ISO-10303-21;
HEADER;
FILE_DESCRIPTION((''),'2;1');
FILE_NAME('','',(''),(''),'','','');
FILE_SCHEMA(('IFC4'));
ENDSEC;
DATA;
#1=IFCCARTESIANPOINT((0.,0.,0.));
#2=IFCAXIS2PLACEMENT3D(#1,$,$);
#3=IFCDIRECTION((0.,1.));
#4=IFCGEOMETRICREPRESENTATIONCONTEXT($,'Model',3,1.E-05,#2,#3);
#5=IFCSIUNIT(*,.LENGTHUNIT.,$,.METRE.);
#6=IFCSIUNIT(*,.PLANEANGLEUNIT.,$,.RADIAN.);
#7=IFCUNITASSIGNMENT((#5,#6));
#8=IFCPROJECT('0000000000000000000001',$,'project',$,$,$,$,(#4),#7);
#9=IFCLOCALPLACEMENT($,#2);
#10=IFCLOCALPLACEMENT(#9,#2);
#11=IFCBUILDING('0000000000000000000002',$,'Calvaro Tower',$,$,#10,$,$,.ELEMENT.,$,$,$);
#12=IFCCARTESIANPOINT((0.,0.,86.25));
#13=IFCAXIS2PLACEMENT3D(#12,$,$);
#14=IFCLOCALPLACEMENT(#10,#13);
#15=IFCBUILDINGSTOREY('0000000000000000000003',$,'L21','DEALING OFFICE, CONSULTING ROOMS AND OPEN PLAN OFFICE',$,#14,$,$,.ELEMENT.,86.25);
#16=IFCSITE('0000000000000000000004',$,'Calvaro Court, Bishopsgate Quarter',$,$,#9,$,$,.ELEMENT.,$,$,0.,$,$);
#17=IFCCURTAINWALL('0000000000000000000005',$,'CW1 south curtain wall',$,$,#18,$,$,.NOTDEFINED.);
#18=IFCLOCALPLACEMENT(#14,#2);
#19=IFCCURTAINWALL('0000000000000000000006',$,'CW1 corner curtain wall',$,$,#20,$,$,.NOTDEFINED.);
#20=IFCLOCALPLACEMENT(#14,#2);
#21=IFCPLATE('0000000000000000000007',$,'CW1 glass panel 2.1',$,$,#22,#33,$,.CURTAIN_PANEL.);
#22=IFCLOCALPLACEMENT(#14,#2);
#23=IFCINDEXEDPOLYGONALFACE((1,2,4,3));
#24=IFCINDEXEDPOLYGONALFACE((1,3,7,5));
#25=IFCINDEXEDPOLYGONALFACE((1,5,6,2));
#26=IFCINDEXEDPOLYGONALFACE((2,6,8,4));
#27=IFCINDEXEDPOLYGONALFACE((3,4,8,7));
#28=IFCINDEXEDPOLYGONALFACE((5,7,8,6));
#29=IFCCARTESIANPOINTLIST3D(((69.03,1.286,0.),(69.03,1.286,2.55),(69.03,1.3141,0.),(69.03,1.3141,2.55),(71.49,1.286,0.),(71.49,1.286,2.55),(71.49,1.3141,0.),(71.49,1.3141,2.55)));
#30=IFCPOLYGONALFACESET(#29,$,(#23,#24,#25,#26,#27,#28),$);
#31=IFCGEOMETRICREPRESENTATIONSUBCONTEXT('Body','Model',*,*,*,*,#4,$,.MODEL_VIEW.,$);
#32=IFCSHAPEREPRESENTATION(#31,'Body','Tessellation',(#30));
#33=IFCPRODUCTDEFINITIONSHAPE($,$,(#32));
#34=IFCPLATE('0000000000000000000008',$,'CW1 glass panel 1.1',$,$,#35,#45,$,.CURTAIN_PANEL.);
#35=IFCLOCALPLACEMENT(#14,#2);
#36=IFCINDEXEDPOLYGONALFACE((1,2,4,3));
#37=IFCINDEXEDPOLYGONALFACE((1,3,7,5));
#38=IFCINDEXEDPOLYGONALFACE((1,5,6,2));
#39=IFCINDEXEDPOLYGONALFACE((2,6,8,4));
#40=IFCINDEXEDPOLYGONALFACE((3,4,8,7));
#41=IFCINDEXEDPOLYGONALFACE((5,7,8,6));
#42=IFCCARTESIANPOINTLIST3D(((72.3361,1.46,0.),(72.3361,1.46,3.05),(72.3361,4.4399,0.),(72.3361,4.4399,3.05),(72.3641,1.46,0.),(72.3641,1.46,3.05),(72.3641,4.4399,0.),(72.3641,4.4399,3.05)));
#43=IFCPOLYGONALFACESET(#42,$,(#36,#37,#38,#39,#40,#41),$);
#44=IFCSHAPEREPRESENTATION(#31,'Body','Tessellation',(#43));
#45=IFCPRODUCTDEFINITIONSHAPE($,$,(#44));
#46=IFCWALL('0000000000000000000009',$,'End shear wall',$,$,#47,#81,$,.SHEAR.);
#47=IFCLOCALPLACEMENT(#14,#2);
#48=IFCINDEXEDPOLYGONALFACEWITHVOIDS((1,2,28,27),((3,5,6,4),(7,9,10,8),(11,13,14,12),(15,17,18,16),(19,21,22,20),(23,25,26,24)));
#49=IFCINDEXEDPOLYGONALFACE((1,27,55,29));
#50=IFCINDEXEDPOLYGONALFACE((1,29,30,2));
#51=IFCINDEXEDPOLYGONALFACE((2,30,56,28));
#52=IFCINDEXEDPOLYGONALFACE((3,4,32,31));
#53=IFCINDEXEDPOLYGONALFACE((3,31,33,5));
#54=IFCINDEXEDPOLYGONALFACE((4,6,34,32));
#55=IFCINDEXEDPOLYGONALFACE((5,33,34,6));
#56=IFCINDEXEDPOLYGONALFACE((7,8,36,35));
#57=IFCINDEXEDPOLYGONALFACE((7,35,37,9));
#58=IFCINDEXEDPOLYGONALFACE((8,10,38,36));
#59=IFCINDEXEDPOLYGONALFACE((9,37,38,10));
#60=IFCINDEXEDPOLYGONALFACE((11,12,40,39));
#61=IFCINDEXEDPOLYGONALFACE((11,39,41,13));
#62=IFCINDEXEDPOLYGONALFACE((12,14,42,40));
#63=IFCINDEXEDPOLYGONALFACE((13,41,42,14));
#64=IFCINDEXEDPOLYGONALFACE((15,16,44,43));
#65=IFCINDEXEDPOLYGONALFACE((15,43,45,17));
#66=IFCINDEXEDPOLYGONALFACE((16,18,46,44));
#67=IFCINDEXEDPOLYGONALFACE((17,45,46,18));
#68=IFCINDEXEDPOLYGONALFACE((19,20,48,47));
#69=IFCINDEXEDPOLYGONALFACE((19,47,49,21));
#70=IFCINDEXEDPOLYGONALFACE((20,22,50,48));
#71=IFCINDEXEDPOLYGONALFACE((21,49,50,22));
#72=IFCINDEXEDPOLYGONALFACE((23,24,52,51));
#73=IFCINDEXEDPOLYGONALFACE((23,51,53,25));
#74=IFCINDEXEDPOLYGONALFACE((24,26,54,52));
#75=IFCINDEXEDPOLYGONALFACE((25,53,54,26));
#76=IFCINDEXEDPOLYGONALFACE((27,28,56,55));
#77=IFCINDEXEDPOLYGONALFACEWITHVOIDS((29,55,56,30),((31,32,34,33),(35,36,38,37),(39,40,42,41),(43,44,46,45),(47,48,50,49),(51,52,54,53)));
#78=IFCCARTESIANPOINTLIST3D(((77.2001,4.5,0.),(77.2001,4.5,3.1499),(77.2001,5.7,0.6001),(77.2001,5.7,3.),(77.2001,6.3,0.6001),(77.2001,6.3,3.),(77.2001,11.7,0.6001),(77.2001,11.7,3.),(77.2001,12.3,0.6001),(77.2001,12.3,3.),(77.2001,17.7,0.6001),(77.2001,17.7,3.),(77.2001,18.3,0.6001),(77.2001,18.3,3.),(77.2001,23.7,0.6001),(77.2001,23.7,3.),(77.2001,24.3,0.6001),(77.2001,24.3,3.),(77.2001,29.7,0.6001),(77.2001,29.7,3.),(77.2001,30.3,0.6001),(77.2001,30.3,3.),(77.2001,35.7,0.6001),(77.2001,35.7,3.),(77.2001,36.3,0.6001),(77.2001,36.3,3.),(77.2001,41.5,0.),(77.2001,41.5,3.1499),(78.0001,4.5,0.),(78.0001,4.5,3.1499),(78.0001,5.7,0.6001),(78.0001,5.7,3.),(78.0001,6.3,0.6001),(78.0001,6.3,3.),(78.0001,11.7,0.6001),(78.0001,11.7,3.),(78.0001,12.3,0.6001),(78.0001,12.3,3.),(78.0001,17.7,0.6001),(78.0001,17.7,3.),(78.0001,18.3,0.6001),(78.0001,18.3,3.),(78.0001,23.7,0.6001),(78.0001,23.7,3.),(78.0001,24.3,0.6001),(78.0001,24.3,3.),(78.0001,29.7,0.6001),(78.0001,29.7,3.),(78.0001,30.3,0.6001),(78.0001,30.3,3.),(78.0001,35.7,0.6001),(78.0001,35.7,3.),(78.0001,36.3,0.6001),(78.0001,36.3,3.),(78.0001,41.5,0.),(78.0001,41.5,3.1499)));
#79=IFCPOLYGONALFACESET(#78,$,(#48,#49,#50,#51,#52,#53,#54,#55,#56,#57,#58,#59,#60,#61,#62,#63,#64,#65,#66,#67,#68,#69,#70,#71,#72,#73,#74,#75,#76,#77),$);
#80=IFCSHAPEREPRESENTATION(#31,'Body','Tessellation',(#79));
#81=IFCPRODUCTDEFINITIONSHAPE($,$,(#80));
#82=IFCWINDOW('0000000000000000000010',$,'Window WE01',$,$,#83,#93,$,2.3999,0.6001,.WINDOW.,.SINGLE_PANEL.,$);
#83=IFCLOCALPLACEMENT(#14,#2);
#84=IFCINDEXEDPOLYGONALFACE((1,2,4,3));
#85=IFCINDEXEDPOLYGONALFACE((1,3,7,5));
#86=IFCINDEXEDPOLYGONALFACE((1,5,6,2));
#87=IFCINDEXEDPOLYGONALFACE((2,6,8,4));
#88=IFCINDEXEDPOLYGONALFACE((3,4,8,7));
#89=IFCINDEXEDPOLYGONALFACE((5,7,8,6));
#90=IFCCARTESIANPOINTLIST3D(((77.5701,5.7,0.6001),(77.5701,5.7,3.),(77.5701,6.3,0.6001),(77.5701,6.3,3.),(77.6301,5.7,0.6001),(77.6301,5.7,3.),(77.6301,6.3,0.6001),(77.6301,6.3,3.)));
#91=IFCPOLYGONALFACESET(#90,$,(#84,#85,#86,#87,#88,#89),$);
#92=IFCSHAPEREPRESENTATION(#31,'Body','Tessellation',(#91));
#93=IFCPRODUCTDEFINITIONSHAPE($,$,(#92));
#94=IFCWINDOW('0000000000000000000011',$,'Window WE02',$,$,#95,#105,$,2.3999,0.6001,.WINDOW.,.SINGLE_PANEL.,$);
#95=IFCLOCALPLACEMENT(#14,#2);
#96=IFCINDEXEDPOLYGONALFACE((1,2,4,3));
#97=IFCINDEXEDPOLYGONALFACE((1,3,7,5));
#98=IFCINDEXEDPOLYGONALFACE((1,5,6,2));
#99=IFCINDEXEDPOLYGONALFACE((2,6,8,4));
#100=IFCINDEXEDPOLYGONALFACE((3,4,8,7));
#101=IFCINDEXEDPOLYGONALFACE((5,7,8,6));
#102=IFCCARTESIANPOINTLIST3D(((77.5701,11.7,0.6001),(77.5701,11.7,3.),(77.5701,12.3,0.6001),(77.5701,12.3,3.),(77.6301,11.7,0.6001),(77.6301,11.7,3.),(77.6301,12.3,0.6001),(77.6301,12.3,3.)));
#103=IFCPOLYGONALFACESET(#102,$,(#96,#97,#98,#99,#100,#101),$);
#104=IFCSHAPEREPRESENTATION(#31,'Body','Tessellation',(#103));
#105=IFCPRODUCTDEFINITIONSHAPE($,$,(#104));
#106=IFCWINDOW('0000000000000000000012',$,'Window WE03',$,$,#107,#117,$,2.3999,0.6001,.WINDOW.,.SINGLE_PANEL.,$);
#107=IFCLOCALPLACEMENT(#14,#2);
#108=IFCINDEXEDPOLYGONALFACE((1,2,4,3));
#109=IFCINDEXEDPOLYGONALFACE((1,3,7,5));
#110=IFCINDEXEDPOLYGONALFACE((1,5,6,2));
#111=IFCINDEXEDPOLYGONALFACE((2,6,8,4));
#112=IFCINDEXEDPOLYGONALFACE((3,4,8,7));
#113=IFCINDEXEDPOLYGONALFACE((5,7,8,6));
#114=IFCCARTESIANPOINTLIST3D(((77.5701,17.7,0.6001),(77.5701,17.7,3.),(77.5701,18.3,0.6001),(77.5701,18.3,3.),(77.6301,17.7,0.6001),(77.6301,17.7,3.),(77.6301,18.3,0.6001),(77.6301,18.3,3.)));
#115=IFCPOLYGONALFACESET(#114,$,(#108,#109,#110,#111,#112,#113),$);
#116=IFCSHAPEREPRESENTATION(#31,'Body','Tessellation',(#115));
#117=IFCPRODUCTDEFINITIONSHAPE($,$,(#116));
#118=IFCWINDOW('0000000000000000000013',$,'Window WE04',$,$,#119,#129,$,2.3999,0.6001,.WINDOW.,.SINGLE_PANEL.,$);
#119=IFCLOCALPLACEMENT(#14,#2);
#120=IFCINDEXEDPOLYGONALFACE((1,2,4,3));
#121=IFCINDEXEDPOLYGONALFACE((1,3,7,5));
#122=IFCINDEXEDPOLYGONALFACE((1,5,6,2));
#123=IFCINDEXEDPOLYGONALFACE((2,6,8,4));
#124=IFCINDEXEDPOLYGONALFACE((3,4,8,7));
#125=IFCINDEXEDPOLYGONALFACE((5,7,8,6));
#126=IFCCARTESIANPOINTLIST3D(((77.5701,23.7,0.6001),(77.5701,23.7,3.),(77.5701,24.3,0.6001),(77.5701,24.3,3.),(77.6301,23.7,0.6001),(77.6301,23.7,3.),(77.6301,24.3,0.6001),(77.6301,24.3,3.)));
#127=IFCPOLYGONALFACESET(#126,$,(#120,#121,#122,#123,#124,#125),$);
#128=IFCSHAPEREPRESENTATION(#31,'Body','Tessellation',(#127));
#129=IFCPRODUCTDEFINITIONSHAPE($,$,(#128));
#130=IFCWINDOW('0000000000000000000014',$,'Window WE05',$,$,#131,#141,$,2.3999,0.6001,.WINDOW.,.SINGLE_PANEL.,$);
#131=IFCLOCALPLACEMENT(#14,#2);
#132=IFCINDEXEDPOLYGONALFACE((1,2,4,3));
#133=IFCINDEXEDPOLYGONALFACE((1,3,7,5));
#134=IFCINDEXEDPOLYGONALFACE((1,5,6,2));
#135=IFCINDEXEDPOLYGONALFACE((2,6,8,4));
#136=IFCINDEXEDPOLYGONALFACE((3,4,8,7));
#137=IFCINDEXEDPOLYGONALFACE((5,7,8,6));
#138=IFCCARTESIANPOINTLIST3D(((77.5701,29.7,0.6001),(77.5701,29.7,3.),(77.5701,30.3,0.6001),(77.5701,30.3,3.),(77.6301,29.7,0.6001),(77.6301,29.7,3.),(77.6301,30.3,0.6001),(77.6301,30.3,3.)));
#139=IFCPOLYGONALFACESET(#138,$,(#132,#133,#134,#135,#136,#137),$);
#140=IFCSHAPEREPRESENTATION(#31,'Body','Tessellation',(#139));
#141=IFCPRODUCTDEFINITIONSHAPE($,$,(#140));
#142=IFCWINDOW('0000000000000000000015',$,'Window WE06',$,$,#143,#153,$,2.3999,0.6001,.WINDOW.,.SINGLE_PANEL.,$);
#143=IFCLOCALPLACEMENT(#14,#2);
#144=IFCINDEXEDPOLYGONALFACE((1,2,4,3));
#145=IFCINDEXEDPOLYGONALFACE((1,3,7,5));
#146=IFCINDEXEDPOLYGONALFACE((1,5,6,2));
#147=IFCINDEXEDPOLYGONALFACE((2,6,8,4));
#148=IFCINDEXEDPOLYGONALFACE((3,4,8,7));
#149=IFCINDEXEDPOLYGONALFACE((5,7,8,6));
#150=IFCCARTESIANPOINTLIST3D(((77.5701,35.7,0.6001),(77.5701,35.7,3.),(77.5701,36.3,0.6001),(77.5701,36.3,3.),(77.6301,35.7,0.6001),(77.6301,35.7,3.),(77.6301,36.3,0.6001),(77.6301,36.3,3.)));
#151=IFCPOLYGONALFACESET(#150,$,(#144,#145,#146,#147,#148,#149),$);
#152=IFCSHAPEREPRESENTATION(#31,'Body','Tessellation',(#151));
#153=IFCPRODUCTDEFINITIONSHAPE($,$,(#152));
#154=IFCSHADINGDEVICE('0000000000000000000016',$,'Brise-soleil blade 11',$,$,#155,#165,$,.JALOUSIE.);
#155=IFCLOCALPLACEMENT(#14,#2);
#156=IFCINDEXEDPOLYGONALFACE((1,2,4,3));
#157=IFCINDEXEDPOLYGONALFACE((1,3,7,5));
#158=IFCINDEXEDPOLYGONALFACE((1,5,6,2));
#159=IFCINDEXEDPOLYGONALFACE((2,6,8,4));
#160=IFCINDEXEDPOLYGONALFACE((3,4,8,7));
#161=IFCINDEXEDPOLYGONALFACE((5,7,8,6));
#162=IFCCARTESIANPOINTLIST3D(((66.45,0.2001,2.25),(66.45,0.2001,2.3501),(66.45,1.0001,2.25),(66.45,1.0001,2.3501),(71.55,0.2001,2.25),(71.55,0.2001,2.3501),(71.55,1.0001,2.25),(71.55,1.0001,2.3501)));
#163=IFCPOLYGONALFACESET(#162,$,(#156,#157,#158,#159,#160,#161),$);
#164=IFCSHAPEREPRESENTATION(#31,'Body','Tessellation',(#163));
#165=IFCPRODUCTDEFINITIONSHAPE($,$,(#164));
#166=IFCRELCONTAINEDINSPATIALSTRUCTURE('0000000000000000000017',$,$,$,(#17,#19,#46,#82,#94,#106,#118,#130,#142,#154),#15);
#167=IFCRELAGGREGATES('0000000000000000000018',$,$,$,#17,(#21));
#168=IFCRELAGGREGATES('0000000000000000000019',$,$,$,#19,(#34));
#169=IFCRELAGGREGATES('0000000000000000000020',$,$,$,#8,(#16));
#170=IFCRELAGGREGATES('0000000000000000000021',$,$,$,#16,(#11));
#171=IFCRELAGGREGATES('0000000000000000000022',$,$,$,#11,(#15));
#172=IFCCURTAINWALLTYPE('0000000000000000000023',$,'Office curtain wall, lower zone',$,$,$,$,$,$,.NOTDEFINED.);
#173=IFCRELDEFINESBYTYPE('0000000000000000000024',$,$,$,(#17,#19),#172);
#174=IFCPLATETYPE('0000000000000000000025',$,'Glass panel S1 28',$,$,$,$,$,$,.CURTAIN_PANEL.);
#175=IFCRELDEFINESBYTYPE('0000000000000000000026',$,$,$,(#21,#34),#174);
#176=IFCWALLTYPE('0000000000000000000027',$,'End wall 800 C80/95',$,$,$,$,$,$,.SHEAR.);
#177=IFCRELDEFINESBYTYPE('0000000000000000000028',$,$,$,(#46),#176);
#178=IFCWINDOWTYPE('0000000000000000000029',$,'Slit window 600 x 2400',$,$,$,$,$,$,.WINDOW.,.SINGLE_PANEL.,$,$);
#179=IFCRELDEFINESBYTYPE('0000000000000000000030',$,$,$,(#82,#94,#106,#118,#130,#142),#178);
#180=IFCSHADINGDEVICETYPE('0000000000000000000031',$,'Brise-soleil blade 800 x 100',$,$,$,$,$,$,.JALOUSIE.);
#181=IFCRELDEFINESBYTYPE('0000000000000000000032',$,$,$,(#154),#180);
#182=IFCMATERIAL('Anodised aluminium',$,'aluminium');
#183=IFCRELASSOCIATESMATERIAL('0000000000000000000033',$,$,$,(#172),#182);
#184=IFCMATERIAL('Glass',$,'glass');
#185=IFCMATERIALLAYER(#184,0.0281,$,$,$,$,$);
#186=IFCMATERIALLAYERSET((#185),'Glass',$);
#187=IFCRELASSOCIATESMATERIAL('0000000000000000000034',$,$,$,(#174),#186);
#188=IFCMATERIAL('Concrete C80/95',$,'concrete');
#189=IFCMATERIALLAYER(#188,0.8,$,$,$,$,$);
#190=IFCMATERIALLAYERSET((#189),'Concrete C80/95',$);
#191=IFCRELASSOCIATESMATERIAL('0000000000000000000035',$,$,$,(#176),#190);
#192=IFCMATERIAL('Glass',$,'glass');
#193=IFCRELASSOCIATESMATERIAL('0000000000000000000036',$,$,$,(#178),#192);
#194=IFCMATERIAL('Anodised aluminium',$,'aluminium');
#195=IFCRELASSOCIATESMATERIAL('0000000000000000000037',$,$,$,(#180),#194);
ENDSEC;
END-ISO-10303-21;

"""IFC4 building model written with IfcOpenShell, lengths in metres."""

from ifc_helpers import new_model, si_unit, direction, frame, frame_2d, origin, origin_2d, place, context, subcontext, project, spatial, rectangle, extrude, material, layer, layer_set, material_profile, profile_set, type_object, element, fill, aggregate, save


model = new_model("IFC4")

# Units and contexts
model_context = context("Model", 3, precision=1e-05, world=origin(), true_north=direction((0.0, 1.0)))
body_context = subcontext(model_context, "Body", "Model", "MODEL_VIEW")
ifc_project = project(units=[si_unit("LENGTHUNIT", "METRE"), si_unit("PLANEANGLEUNIT", "RADIAN")], contexts=[model_context])

# Site, building, storey
site_placement = place(None, origin())
site = spatial("IfcSite", under=ifc_project, at=site_placement, Name="Calvaro Court, Bishopsgate Quarter", CompositionType="ELEMENT", RefElevation=0.0)
building_placement = place(site_placement, origin())
building = spatial("IfcBuilding", under=site, at=building_placement, Name="Calvaro Tower", CompositionType="ELEMENT")
storey_placement = place(building_placement, frame((0.0, 0.0, 86.25)))
storey = spatial("IfcBuildingStorey", under=building, at=storey_placement, Name="L21", Description="DEALING OFFICE, CONSULTING ROOMS AND OPEN PLAN OFFICE", CompositionType="ELEMENT", Elevation=86.25)

# Shared definitions
ifc_material_1 = material(Name="Anodised aluminium", Category="aluminium")
curtain_wall_type = type_object("IfcCurtainWallType", Name="Office curtain wall, lower zone", PredefinedType="NOTDEFINED", material=ifc_material_1)

# Curtain walls
curtain_wall_1_placement = place(storey_placement, origin())
curtain_wall_1 = element("IfcCurtainWall", 1, at=curtain_wall_1_placement, inside=storey, type_object=curtain_wall_type, Name="CW1 south curtain wall", PredefinedType="NOTDEFINED")
curtain_wall_2_placement = place(storey_placement, origin())
curtain_wall_2 = element("IfcCurtainWall", 2, at=curtain_wall_2_placement, inside=storey, type_object=curtain_wall_type, Name="CW1 corner curtain wall", PredefinedType="NOTDEFINED")

# Plates
ifc_material_2 = material(Name="Glass", Category="glass")
ifc_layer_1 = layer(ifc_material_2, 0.0281)
ifc_layer_set_1 = layer_set([ifc_layer_1], Name="Glass")
plate_type = type_object("IfcPlateType", Name="Glass panel S1 28", PredefinedType="CURTAIN_PANEL", material=ifc_layer_set_1)
plate_1_placement = place(storey_placement, frame((70.26, 1.3, 0.0), z_axis=(0.0, 0.0, 1.0), x_axis=(1.0, 0.0, 0.0)))
plate_1 = element("IfcPlate", 3, at=plate_1_placement, type_object=plate_type, Name="CW1 glass panel 2.1", PredefinedType="CURTAIN_PANEL", context=body_context, shape_type="SweptSolid", body=[
    extrude(rectangle(XDim=2.46, YDim=0.0281, at=origin_2d()), origin(), (0.0, 0.0, 1.0), 2.55),
])
aggregate(curtain_wall_1, [plate_1])
plate_2_placement = place(storey_placement, frame((72.3501, 2.95, 0.0), z_axis=(0.0, 0.0, 1.0), x_axis=(0.0, 1.0, 0.0)))
plate_2 = element("IfcPlate", 4, at=plate_2_placement, type_object=plate_type, Name="CW1 glass panel 1.1", PredefinedType="CURTAIN_PANEL", context=body_context, shape_type="SweptSolid", body=[
    extrude(rectangle(XDim=2.98, YDim=0.0281, at=origin_2d()), origin(), (0.0, 0.0, 1.0), 3.05),
])
aggregate(curtain_wall_2, [plate_2])

# Wall, openings, windows
ifc_material_3 = material(Name="Concrete C80/95", Category="concrete")
ifc_layer_2 = layer(ifc_material_3, 0.8)
ifc_layer_set_2 = layer_set([ifc_layer_2], Name="Concrete C80/95")
wall_type = type_object("IfcWallType", Name="End wall 800 C80/95", PredefinedType="SHEAR", material=ifc_layer_set_2)
wall_placement = place(storey_placement, frame((77.6001, 4.5, 0.0), z_axis=(0.0, 0.0, 1.0), x_axis=(0.0, 1.0, 0.0)))
wall = element("IfcWall", 5, at=wall_placement, inside=storey, type_object=wall_type, Name="End shear wall", PredefinedType="SHEAR", context=body_context, shape_type="SweptSolid", body=[
    extrude(rectangle(XDim=37.0, YDim=0.8, at=frame_2d((18.5, 0.0))), origin(), (0.0, 0.0, 1.0), 3.1499),
])
opening_1_placement = place(wall_placement, frame((1.2, 0.0, 0.6001)))
opening_1 = element("IfcOpeningElement", 6, at=opening_1_placement, cuts=wall, PredefinedType="OPENING", context=body_context, shape_type="SweptSolid", body=[
    extrude(rectangle(XDim=0.6001, YDim=2.3999, at=frame_2d((0.3, 1.2))), frame((0.0, 0.4099, 0.0), z_axis=(0.0, -1.0, 0.0), x_axis=(1.0, 0.0, 0.0)), (0.0, 0.0, 1.0), 0.8201),
])
opening_2_placement = place(wall_placement, frame((7.2, 0.0, 0.6001)))
opening_2 = element("IfcOpeningElement", 7, at=opening_2_placement, cuts=wall, PredefinedType="OPENING", context=body_context, shape_type="SweptSolid", body=[
    extrude(rectangle(XDim=0.6001, YDim=2.3999, at=frame_2d((0.3, 1.2))), frame((0.0, 0.4099, 0.0), z_axis=(0.0, -1.0, 0.0), x_axis=(1.0, 0.0, 0.0)), (0.0, 0.0, 1.0), 0.8201),
])
opening_3_placement = place(wall_placement, frame((13.2, 0.0, 0.6001)))
opening_3 = element("IfcOpeningElement", 8, at=opening_3_placement, cuts=wall, PredefinedType="OPENING", context=body_context, shape_type="SweptSolid", body=[
    extrude(rectangle(XDim=0.6001, YDim=2.3999, at=frame_2d((0.3, 1.2))), frame((0.0, 0.4099, 0.0), z_axis=(0.0, -1.0, 0.0), x_axis=(1.0, 0.0, 0.0)), (0.0, 0.0, 1.0), 0.8201),
])
opening_4_placement = place(wall_placement, frame((19.2, 0.0, 0.6001)))
opening_4 = element("IfcOpeningElement", 9, at=opening_4_placement, cuts=wall, PredefinedType="OPENING", context=body_context, shape_type="SweptSolid", body=[
    extrude(rectangle(XDim=0.6001, YDim=2.3999, at=frame_2d((0.3, 1.2))), frame((0.0, 0.4099, 0.0), z_axis=(0.0, -1.0, 0.0), x_axis=(1.0, 0.0, 0.0)), (0.0, 0.0, 1.0), 0.8201),
])
opening_5_placement = place(wall_placement, frame((25.2, 0.0, 0.6001)))
opening_5 = element("IfcOpeningElement", 10, at=opening_5_placement, cuts=wall, PredefinedType="OPENING", context=body_context, shape_type="SweptSolid", body=[
    extrude(rectangle(XDim=0.6001, YDim=2.3999, at=frame_2d((0.3, 1.2))), frame((0.0, 0.4099, 0.0), z_axis=(0.0, -1.0, 0.0), x_axis=(1.0, 0.0, 0.0)), (0.0, 0.0, 1.0), 0.8201),
])
opening_6_placement = place(wall_placement, frame((31.2, 0.0, 0.6001)))
opening_6 = element("IfcOpeningElement", 11, at=opening_6_placement, cuts=wall, PredefinedType="OPENING", context=body_context, shape_type="SweptSolid", body=[
    extrude(rectangle(XDim=0.6001, YDim=2.3999, at=frame_2d((0.3, 1.2))), frame((0.0, 0.4099, 0.0), z_axis=(0.0, -1.0, 0.0), x_axis=(1.0, 0.0, 0.0)), (0.0, 0.0, 1.0), 0.8201),
])
ifc_material_4 = material(Name="Glass", Category="glass")
window_type = type_object("IfcWindowType", Name="Slit window 600 x 2400", PartitioningType="SINGLE_PANEL", PredefinedType="WINDOW", material=ifc_material_4)
window_1_placement = place(opening_1_placement, origin())
window_1 = element("IfcWindow", 12, at=window_1_placement, inside=storey, type_object=window_type, Name="Window WE01", OverallHeight=2.3999, OverallWidth=0.6001, PartitioningType="SINGLE_PANEL", PredefinedType="WINDOW", context=body_context, shape_type="SweptSolid", body=[
    extrude(rectangle(XDim=0.6001, YDim=2.3999, at=frame_2d((0.3, 1.2))), frame((0.0, 0.03, 0.0), z_axis=(0.0, -1.0, 0.0), x_axis=(1.0, 0.0, 0.0)), (0.0, 0.0, 1.0), 0.0601),
])
fill(opening_1, window_1)
window_2_placement = place(opening_2_placement, origin())
window_2 = element("IfcWindow", 13, at=window_2_placement, inside=storey, type_object=window_type, Name="Window WE02", OverallHeight=2.3999, OverallWidth=0.6001, PartitioningType="SINGLE_PANEL", PredefinedType="WINDOW", context=body_context, shape_type="SweptSolid", body=[
    extrude(rectangle(XDim=0.6001, YDim=2.3999, at=frame_2d((0.3, 1.2))), frame((0.0, 0.03, 0.0), z_axis=(0.0, -1.0, 0.0), x_axis=(1.0, 0.0, 0.0)), (0.0, 0.0, 1.0), 0.0601),
])
fill(opening_2, window_2)
window_3_placement = place(opening_3_placement, origin())
window_3 = element("IfcWindow", 14, at=window_3_placement, inside=storey, type_object=window_type, Name="Window WE03", OverallHeight=2.3999, OverallWidth=0.6001, PartitioningType="SINGLE_PANEL", PredefinedType="WINDOW", context=body_context, shape_type="SweptSolid", body=[
    extrude(rectangle(XDim=0.6001, YDim=2.3999, at=frame_2d((0.3, 1.2))), frame((0.0, 0.03, 0.0), z_axis=(0.0, -1.0, 0.0), x_axis=(1.0, 0.0, 0.0)), (0.0, 0.0, 1.0), 0.0601),
])
fill(opening_3, window_3)
window_4_placement = place(opening_4_placement, origin())
window_4 = element("IfcWindow", 15, at=window_4_placement, inside=storey, type_object=window_type, Name="Window WE04", OverallHeight=2.3999, OverallWidth=0.6001, PartitioningType="SINGLE_PANEL", PredefinedType="WINDOW", context=body_context, shape_type="SweptSolid", body=[
    extrude(rectangle(XDim=0.6001, YDim=2.3999, at=frame_2d((0.3, 1.2))), frame((0.0, 0.03, 0.0), z_axis=(0.0, -1.0, 0.0), x_axis=(1.0, 0.0, 0.0)), (0.0, 0.0, 1.0), 0.0601),
])
fill(opening_4, window_4)
window_5_placement = place(opening_5_placement, origin())
window_5 = element("IfcWindow", 16, at=window_5_placement, inside=storey, type_object=window_type, Name="Window WE05", OverallHeight=2.3999, OverallWidth=0.6001, PartitioningType="SINGLE_PANEL", PredefinedType="WINDOW", context=body_context, shape_type="SweptSolid", body=[
    extrude(rectangle(XDim=0.6001, YDim=2.3999, at=frame_2d((0.3, 1.2))), frame((0.0, 0.03, 0.0), z_axis=(0.0, -1.0, 0.0), x_axis=(1.0, 0.0, 0.0)), (0.0, 0.0, 1.0), 0.0601),
])
fill(opening_5, window_5)
window_6_placement = place(opening_6_placement, origin())
window_6 = element("IfcWindow", 17, at=window_6_placement, inside=storey, type_object=window_type, Name="Window WE06", OverallHeight=2.3999, OverallWidth=0.6001, PartitioningType="SINGLE_PANEL", PredefinedType="WINDOW", context=body_context, shape_type="SweptSolid", body=[
    extrude(rectangle(XDim=0.6001, YDim=2.3999, at=frame_2d((0.3, 1.2))), frame((0.0, 0.03, 0.0), z_axis=(0.0, -1.0, 0.0), x_axis=(1.0, 0.0, 0.0)), (0.0, 0.0, 1.0), 0.0601),
])
fill(opening_6, window_6)

# Shading device
ifc_material_5 = material(Name="Anodised aluminium", Category="aluminium")
ifc_material_profile_1 = material_profile(ifc_material_5, rectangle(XDim=0.8, YDim=0.1001, at=origin_2d()), Name="Brise-soleil blade 800 x 100")
ifc_profile_set_1 = profile_set([ifc_material_profile_1], Name="Anodised aluminium")
shading_device_type = type_object("IfcShadingDeviceType", Name="Brise-soleil blade 800 x 100", PredefinedType="JALOUSIE", material=ifc_profile_set_1)
shading_device_placement = place(storey_placement, frame((66.45, 0.6001, 2.3), z_axis=(1.0, 0.0, 0.0), x_axis=(0.0, 1.0, 0.0)))
element("IfcShadingDevice", 18, at=shading_device_placement, inside=storey, type_object=shading_device_type, Name="Brise-soleil blade 11", PredefinedType="JALOUSIE", context=body_context, shape_type="SweptSolid", body=[
    extrude(rectangle(XDim=0.8, YDim=0.1001, at=origin_2d()), origin(), (0.0, 0.0, 1.0), 5.1001),
])

save(model, "model.ifc")
